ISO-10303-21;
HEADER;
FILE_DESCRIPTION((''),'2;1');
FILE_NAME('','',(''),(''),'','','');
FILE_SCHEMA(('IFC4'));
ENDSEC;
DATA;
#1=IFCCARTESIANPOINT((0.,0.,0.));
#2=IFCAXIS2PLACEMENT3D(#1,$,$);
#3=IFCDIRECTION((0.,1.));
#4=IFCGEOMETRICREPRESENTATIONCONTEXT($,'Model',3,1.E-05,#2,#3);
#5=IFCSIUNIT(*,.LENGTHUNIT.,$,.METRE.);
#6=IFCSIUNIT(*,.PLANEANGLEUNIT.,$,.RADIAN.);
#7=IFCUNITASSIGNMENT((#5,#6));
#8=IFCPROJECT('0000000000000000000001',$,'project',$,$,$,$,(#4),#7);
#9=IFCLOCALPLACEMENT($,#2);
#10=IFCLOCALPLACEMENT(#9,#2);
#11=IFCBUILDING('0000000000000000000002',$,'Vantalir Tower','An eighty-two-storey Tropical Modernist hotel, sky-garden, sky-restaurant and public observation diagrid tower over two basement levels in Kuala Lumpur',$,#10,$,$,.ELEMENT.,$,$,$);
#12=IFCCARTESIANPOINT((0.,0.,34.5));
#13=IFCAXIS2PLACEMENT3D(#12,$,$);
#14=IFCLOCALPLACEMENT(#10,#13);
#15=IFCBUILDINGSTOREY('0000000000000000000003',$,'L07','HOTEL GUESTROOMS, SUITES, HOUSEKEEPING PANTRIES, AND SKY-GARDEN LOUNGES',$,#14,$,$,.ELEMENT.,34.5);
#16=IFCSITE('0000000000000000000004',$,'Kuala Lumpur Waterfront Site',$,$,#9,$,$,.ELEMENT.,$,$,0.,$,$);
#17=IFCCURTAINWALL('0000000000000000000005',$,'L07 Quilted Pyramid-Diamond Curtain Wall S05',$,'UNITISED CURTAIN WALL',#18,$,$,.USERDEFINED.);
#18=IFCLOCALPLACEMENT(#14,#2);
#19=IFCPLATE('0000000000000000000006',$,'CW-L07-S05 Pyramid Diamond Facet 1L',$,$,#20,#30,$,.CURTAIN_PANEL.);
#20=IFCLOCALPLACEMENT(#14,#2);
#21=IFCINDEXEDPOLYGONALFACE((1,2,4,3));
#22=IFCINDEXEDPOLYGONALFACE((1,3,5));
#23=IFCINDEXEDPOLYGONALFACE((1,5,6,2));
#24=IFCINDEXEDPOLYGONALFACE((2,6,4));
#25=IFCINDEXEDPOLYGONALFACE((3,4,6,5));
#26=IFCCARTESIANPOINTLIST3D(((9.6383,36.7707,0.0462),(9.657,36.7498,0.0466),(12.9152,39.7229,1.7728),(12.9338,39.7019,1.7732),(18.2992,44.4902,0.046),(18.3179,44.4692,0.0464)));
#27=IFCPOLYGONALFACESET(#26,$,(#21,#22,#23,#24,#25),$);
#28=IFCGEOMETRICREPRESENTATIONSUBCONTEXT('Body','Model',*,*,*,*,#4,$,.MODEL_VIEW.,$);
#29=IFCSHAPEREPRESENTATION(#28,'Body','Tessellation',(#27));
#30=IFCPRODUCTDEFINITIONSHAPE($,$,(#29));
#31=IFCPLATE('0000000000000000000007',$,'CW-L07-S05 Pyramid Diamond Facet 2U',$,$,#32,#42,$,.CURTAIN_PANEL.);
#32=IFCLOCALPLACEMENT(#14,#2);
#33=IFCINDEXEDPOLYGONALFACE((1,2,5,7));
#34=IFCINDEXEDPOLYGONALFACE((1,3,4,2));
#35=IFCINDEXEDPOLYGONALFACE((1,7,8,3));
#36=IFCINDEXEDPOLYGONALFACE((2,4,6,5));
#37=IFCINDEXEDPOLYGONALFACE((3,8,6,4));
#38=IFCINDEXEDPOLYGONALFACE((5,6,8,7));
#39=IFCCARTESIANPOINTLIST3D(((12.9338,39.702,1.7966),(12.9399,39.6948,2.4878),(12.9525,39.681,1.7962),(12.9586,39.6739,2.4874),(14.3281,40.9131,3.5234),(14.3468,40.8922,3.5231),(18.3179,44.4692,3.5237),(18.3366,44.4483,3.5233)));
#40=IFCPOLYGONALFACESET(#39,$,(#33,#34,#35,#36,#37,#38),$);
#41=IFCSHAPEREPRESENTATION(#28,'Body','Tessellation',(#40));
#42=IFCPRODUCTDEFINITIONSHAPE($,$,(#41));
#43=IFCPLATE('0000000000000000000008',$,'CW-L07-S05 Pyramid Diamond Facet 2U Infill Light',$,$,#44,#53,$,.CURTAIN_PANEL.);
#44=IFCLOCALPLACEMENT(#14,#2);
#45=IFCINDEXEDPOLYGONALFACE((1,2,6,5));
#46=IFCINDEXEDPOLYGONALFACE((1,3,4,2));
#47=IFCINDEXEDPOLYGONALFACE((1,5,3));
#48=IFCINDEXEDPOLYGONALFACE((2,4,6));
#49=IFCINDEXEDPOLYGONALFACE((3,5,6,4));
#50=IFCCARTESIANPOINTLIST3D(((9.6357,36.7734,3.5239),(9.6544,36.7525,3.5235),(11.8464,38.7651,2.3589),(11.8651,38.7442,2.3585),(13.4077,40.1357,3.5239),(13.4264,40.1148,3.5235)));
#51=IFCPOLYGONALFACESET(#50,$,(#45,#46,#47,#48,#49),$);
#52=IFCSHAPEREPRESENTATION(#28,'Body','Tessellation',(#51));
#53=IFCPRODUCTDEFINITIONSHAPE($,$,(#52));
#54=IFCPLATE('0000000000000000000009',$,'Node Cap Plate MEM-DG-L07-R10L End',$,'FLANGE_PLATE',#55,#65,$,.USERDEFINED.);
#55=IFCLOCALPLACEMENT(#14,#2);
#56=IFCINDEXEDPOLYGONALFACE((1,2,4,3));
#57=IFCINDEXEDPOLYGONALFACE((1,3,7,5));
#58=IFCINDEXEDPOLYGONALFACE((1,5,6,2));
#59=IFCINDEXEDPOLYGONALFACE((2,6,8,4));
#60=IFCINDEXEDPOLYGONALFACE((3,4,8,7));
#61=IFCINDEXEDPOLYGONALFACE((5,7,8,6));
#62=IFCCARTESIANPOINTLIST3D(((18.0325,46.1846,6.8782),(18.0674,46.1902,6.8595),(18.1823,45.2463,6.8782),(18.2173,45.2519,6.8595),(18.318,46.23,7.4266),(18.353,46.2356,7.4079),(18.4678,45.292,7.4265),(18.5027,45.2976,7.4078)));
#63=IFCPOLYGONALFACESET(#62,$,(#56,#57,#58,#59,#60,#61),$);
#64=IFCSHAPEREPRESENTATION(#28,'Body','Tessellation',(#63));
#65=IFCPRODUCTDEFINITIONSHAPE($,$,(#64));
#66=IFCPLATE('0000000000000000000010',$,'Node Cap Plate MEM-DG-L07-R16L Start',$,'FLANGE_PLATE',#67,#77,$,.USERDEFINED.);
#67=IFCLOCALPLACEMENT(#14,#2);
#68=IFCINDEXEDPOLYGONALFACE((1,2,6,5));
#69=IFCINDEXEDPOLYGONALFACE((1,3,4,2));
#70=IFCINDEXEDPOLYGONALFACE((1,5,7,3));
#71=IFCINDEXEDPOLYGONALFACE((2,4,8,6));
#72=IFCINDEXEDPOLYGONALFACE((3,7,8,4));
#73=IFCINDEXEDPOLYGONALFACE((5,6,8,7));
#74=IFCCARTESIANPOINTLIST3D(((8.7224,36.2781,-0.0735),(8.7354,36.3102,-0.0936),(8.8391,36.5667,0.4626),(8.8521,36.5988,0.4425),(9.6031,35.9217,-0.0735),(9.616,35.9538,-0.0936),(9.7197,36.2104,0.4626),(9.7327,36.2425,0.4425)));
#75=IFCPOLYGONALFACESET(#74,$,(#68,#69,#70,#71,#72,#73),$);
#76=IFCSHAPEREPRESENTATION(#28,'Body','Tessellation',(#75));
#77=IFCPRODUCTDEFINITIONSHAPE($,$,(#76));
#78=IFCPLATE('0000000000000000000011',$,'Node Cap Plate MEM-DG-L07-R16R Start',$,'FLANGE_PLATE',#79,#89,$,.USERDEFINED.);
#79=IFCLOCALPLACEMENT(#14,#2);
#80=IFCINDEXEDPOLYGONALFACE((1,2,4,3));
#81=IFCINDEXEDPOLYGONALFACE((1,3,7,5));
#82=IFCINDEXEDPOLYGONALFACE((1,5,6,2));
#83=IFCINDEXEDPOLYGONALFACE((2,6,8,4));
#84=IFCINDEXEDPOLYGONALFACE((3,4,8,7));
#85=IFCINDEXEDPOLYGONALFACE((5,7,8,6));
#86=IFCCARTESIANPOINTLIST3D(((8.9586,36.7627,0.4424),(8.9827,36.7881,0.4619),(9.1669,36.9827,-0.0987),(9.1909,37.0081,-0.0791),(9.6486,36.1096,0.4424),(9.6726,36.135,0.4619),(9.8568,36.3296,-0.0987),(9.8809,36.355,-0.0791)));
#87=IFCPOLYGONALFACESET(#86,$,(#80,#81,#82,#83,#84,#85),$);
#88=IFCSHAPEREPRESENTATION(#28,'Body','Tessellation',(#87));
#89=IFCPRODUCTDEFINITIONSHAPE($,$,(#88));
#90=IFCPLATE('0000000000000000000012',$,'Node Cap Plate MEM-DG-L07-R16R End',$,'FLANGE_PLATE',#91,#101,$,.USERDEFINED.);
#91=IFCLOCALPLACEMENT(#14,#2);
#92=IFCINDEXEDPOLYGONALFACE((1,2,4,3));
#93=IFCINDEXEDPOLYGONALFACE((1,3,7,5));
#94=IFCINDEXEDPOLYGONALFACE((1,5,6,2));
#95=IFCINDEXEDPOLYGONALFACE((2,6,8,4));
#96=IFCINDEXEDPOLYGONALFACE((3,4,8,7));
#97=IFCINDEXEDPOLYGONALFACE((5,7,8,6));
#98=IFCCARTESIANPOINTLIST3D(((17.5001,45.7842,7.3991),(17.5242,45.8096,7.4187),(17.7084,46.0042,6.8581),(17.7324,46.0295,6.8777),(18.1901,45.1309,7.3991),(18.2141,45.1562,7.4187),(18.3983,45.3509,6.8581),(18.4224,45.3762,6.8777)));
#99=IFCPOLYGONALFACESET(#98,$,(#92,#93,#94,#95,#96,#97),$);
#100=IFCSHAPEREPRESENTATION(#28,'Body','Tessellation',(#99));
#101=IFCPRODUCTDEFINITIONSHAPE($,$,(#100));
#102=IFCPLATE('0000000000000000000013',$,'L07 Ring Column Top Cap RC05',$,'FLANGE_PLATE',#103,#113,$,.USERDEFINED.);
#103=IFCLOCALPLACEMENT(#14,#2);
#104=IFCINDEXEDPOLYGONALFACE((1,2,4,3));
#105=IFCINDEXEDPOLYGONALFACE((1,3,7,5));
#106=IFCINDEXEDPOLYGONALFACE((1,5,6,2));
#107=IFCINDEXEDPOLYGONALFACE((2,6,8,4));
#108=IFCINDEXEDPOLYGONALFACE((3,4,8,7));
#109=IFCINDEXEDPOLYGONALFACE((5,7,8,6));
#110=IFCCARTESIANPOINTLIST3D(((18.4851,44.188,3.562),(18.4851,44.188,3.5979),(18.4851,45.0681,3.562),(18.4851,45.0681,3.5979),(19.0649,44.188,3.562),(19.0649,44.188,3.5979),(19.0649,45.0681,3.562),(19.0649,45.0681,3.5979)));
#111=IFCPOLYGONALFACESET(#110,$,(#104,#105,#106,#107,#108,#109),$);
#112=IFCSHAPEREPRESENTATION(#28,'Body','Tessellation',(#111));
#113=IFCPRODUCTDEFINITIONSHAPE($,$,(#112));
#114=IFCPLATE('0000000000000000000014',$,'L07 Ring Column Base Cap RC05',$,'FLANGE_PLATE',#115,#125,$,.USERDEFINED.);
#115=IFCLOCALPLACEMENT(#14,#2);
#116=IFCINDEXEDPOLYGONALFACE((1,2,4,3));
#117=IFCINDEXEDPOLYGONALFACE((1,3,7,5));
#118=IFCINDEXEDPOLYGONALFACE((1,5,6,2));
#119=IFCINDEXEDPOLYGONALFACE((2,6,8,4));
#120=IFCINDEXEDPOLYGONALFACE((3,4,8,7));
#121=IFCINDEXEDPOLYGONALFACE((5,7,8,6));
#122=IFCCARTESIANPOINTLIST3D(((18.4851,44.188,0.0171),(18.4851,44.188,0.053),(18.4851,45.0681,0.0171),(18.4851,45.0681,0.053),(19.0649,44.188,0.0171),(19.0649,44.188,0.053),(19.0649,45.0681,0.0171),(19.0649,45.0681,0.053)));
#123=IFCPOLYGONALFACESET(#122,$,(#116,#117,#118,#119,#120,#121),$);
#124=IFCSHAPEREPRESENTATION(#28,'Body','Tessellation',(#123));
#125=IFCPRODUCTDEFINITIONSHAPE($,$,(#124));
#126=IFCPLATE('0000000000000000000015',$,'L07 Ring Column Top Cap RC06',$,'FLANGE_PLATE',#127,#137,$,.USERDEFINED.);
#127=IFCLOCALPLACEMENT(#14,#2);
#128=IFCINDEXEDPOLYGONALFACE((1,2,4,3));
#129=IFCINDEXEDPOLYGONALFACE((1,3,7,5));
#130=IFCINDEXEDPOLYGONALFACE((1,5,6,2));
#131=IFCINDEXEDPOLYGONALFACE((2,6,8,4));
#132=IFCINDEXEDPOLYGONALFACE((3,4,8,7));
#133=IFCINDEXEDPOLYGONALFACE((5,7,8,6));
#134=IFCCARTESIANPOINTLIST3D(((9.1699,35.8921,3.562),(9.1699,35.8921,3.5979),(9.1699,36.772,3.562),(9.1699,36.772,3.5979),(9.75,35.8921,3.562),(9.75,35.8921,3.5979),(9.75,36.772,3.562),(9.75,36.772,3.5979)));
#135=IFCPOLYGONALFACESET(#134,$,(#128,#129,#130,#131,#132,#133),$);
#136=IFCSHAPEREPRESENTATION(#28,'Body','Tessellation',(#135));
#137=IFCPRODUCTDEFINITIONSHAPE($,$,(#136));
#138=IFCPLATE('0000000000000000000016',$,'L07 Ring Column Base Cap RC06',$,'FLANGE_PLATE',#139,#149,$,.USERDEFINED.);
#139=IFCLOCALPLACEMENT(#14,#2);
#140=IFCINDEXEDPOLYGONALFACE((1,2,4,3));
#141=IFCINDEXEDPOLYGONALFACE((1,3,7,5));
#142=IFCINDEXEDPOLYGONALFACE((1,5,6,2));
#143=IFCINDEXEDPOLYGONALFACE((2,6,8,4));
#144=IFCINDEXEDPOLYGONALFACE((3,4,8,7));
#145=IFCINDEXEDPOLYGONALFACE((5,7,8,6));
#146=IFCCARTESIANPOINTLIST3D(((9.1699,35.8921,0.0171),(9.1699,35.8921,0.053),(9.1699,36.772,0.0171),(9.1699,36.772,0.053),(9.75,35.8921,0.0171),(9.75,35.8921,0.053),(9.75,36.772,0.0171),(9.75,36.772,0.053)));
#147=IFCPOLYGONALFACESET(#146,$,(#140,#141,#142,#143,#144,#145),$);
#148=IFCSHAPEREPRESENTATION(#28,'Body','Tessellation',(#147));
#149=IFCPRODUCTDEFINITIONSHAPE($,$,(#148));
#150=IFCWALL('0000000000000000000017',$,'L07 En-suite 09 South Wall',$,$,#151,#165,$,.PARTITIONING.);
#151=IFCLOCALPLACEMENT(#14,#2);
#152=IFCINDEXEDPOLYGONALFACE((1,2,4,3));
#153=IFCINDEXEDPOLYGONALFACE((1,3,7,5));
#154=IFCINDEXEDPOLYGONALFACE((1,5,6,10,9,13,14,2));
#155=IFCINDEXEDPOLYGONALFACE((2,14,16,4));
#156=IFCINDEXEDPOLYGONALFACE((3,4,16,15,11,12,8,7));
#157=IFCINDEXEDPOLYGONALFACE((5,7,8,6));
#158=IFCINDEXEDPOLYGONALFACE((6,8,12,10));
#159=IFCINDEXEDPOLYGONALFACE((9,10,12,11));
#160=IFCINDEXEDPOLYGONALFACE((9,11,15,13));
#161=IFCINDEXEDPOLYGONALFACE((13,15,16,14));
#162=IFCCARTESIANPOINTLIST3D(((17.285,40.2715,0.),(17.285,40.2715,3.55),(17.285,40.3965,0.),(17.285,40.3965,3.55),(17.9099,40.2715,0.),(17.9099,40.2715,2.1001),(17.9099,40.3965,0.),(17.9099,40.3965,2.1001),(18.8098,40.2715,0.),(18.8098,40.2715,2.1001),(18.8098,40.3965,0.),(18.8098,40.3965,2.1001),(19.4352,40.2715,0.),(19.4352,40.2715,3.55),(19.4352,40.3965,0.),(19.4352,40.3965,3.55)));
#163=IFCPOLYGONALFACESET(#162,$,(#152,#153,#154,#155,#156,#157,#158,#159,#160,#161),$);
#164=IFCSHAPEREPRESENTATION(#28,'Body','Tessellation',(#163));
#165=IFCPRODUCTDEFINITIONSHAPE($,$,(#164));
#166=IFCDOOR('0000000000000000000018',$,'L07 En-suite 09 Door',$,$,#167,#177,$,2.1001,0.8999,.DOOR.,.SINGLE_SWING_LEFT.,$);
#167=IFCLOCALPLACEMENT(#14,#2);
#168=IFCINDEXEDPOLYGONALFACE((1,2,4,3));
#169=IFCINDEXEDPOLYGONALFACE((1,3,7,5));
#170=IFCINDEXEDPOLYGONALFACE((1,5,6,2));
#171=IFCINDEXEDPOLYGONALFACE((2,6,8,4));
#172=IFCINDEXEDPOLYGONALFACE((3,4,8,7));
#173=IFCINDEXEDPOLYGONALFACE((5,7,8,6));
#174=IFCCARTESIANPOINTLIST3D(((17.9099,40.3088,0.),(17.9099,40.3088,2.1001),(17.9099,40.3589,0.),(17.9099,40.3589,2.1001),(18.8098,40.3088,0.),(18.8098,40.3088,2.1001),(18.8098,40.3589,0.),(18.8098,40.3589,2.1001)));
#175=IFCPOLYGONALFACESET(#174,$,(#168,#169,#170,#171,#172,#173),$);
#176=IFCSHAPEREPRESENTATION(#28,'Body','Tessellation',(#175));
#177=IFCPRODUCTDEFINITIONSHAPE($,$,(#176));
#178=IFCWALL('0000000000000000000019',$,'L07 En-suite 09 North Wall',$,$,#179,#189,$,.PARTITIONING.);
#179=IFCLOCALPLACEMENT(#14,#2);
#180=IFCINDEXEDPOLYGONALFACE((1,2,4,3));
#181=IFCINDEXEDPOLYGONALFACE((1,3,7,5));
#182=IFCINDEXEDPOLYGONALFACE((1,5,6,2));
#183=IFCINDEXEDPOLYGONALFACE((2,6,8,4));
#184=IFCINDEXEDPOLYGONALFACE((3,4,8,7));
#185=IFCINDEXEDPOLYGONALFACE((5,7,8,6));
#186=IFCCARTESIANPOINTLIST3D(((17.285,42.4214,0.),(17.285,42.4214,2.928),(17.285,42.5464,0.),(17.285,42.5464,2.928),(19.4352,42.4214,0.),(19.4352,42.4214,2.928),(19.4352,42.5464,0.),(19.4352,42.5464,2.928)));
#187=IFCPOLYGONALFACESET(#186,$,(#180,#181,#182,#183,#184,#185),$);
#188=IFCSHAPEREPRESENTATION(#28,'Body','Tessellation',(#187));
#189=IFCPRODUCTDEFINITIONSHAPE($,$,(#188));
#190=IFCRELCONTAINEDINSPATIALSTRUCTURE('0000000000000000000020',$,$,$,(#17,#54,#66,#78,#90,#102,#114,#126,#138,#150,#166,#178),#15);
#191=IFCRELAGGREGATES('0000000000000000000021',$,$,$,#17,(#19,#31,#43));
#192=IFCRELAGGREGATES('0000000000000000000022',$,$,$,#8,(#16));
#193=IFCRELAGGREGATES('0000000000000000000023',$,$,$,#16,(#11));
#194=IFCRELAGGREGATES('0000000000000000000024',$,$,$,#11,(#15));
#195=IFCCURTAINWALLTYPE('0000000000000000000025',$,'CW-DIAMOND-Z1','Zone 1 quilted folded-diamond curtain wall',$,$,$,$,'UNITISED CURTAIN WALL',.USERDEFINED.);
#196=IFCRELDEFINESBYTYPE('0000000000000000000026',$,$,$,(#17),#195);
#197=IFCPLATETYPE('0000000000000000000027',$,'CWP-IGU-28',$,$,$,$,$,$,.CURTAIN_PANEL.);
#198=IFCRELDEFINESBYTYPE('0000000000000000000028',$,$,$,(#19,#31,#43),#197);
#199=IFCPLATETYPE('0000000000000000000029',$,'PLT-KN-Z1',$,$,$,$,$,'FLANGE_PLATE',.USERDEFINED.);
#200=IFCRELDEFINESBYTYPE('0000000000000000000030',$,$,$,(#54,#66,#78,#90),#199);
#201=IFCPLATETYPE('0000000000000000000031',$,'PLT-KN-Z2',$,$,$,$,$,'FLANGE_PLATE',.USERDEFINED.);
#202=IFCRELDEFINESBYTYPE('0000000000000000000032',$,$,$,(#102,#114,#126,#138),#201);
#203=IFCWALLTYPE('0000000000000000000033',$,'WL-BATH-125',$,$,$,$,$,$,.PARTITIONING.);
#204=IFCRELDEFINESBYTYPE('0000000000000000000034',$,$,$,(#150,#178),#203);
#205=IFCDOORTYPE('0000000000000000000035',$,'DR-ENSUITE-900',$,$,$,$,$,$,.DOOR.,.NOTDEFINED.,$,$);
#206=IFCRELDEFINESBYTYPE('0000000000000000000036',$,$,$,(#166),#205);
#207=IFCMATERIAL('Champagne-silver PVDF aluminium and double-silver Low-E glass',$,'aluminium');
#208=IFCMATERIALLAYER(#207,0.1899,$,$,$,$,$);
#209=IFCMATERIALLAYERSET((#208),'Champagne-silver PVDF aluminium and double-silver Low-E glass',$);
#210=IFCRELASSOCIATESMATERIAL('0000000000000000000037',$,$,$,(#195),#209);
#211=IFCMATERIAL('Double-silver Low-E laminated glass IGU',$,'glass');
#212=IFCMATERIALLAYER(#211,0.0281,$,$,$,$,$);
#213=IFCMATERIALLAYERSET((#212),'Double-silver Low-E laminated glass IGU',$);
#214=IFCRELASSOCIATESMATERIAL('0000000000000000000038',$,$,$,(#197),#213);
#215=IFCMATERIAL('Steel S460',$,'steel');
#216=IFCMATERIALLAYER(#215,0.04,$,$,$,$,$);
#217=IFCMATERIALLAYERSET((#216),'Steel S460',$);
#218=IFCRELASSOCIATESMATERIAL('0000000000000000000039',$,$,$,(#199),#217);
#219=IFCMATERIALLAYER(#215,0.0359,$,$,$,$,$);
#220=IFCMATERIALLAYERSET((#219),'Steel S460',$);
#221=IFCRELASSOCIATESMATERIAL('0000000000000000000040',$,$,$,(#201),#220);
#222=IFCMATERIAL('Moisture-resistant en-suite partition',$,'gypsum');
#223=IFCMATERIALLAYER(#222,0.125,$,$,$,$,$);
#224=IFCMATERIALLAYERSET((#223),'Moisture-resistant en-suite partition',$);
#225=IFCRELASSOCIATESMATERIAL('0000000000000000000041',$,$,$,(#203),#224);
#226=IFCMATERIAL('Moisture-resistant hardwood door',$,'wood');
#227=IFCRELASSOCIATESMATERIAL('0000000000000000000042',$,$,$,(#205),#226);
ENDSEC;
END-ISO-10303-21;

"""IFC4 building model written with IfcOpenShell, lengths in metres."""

from ifc_helpers import new_model, si_unit, direction, frame, frame_2d, origin, place, context, subcontext, project, spatial, polyline, rectangle, outline, extrude, material, layer, layer_set, type_object, element, fill, aggregate, save


model = new_model("IFC4")

# Units and contexts
model_context = context("Model", 3, precision=1e-05, world=origin(), true_north=direction((0.0, 1.0)))
body_context = subcontext(model_context, "Body", "Model", "MODEL_VIEW")
ifc_project = project(units=[si_unit("LENGTHUNIT", "METRE"), si_unit("PLANEANGLEUNIT", "RADIAN")], contexts=[model_context])

# Site, building, storey
site_placement = place(None, origin())
site = spatial("IfcSite", under=ifc_project, at=site_placement, Name="Kuala Lumpur Waterfront Site", CompositionType="ELEMENT", RefElevation=0.0)
building_placement = place(site_placement, origin())
building = spatial("IfcBuilding", under=site, at=building_placement, Name="Vantalir Tower", Description="An eighty-two-storey Tropical Modernist hotel, sky-garden, sky-restaurant and public observation diagrid tower over two basement levels in Kuala Lumpur", CompositionType="ELEMENT")
storey_placement = place(building_placement, frame((0.0, 0.0, 34.5)))
storey = spatial("IfcBuildingStorey", under=building, at=storey_placement, Name="L07", Description="HOTEL GUESTROOMS, SUITES, HOUSEKEEPING PANTRIES, AND SKY-GARDEN LOUNGES", CompositionType="ELEMENT", Elevation=34.5)

# Shared definitions
ifc_material_1 = material(Name="Steel S460", Category="steel")

# Shared definitions
ifc_material_2 = material(Name="Champagne-silver PVDF aluminium and double-silver Low-E glass", Category="aluminium")
ifc_layer_1 = layer(ifc_material_2, 0.1899)
ifc_layer_set_1 = layer_set([ifc_layer_1], Name="Champagne-silver PVDF aluminium and double-silver Low-E glass")
curtain_wall_type = type_object("IfcCurtainWallType", Name="CW-DIAMOND-Z1", Description="Zone 1 quilted folded-diamond curtain wall", ElementType="UNITISED CURTAIN WALL", PredefinedType="USERDEFINED", material=ifc_layer_set_1)

# Curtain wall
curtain_wall_1_placement = place(storey_placement, origin())
curtain_wall_1 = element("IfcCurtainWall", 1, at=curtain_wall_1_placement, inside=storey, type_object=curtain_wall_type, Name="L07 Quilted Pyramid-Diamond Curtain Wall S05", ObjectType="UNITISED CURTAIN WALL", PredefinedType="USERDEFINED")

# Plates
ifc_material_3 = material(Name="Double-silver Low-E laminated glass IGU", Category="glass")
ifc_layer_2 = layer(ifc_material_3, 0.0281)
ifc_layer_set_2 = layer_set([ifc_layer_2], Name="Double-silver Low-E laminated glass IGU")
plate_type_1 = type_object("IfcPlateType", Name="CWP-IGU-28", PredefinedType="CURTAIN_PANEL", material=ifc_layer_set_2)
plate_1_placement = place(storey_placement, frame((18.3179, 44.4692, 0.0464), z_axis=(0.665309, -0.746444, 0.013607), x_axis=(-0.746513, -0.66537, 0.000021)))
plate_1 = element("IfcPlate", 2, at=plate_1_placement, type_object=plate_type_1, Name="CW-L07-S05 Pyramid Diamond Facet 1L", PredefinedType="CURTAIN_PANEL", context=body_context, shape_type="SweptSolid", body=[
    extrude(outline(polyline([(0.0, 0.0), (11.6018, 0.0), (7.1913, -1.7268), (0.0, 0.0)])), origin(), (0.0, 0.0, -1.0), 0.0281),
])
plate_2_placement = place(storey_placement, frame((18.3179, 44.4692, 3.5237), z_axis=(-0.665306, 0.746446, 0.013635), x_axis=(-0.746516, -0.665367, -0.000045)))
plate_2 = element("IfcPlate", 3, at=plate_2_placement, type_object=plate_type_1, Name="CW-L07-S05 Pyramid Diamond Facet 2U", PredefinedType="CURTAIN_PANEL", context=body_context, shape_type="SweptSolid", body=[
    extrude(outline(polyline([(0.0, 0.0), (5.3446, 0.0), (7.1915, -1.0357), (7.1914, -1.7269), (0.0, 0.0)])), origin(), (0.0, 0.0, -1.0), 0.0281),
])
plate_3_placement = place(storey_placement, frame((13.4077, 40.1357, 3.5239), z_axis=(-0.665346, 0.746413, 0.013522), x_axis=(-0.746481, -0.665407, 0.0)))
plate_3 = element("IfcPlate", 4, at=plate_3_placement, type_object=plate_type_1, Name="CW-L07-S05 Pyramid Diamond Facet 2U Infill Light", PredefinedType="CURTAIN_PANEL", context=body_context, shape_type="SweptSolid", body=[
    extrude(outline(polyline([(0.0, 0.0), (5.053, 0.0), (2.0775, -1.1651), (0.0, 0.0)])), origin(), (0.0, 0.0, -1.0), 0.0281),
])
aggregate(curtain_wall_1, [plate_1, plate_2, plate_3])

# Plates
ifc_layer_3 = layer(ifc_material_1, 0.04)
ifc_layer_set_3 = layer_set([ifc_layer_3], Name="Steel S460")
plate_type_2 = type_object("IfcPlateType", Name="PLT-KN-Z1", ElementType="FLANGE_PLATE", PredefinedType="USERDEFINED", material=ifc_layer_set_3)
plate_4_placement = place(storey_placement, frame((18.0325, 46.1846, 6.8782), z_axis=(-0.873502, -0.139465, 0.466416), x_axis=(0.157688, -0.987489, 0.000044)))
element("IfcPlate", 5, at=plate_4_placement, inside=storey, type_object=plate_type_2, Name="Node Cap Plate MEM-DG-L07-R10L End", ObjectType="FLANGE_PLATE", PredefinedType="USERDEFINED", context=body_context, shape_type="SweptSolid", body=[
    extrude(outline(polyline([(0.0, 0.0), (0.9501, 0.0), (0.9501, 0.6199), (0.0002, 0.6199), (0.0, 0.0)])), origin(), (0.0, 0.0, -1.0), 0.04),
])
plate_5_placement = place(storey_placement, frame((8.7224, 36.2781, -0.0735), z_axis=(-0.324349, -0.801593, 0.502242), x_axis=(0.926978, -0.375115, -0.000052)))
element("IfcPlate", 6, at=plate_5_placement, inside=storey, type_object=plate_type_2, Name="Node Cap Plate MEM-DG-L07-R16L Start", ObjectType="FLANGE_PLATE", PredefinedType="USERDEFINED", context=body_context, shape_type="SweptSolid", body=[
    extrude(outline(polyline([(0.0, 0.0), (0.95, 0.0), (0.9498, 0.6201), (-0.0001, 0.6199), (0.0, 0.0)])), origin(), (0.0, 0.0, -1.0), 0.04),
])
plate_6_placement = place(storey_placement, frame((9.8809, 36.355, -0.0791), z_axis=(0.59982, 0.633679, 0.488534), x_axis=(-0.726243, 0.687438, 0.0)))
element("IfcPlate", 7, at=plate_6_placement, inside=storey, type_object=plate_type_2, Name="Node Cap Plate MEM-DG-L07-R16R Start", ObjectType="FLANGE_PLATE", PredefinedType="USERDEFINED", context=body_context, shape_type="SweptSolid", body=[
    extrude(outline(polyline([(0.0, 0.0), (0.95, 0.0), (0.95, 0.62), (0.0, 0.62), (0.0, 0.0)])), origin(), (0.0, 0.0, -1.0), 0.04),
])
plate_7_placement = place(storey_placement, frame((18.4224, 45.3762, 6.8777), z_axis=(0.599939, 0.633568, 0.488534), x_axis=(-0.726115, 0.687574, 0.0)))
element("IfcPlate", 8, at=plate_7_placement, inside=storey, type_object=plate_type_2, Name="Node Cap Plate MEM-DG-L07-R16R End", ObjectType="FLANGE_PLATE", PredefinedType="USERDEFINED", context=body_context, shape_type="SweptSolid", body=[
    extrude(outline(polyline([(0.0, 0.0), (0.9502, 0.0), (0.9502, 0.62), (0.0, 0.62), (0.0, 0.0)])), origin(), (0.0, 0.0, -1.0), 0.04),
])
ifc_layer_4 = layer(ifc_material_1, 0.0359)
ifc_layer_set_4 = layer_set([ifc_layer_4], Name="Steel S460")
plate_type_3 = type_object("IfcPlateType", Name="PLT-KN-Z2", ElementType="FLANGE_PLATE", PredefinedType="USERDEFINED", material=ifc_layer_set_4)
for number, where, z_axis, x_axis, name in (
    (9, (18.4851, 45.0681, 3.5979), (0.0, 0.0, 1.0), (0.0, -1.0, 0.0), "L07 Ring Column Top Cap RC05"),
    (10, (18.4851, 45.0681, 0.053), (0.0, 0.0, 1.0), (0.0, -1.0, 0.0), "L07 Ring Column Base Cap RC05"),
):
    element("IfcPlate", number, at=place(storey_placement, frame(where, z_axis=z_axis, x_axis=x_axis)), inside=storey, type_object=plate_type_3, Name=name, ObjectType="FLANGE_PLATE", PredefinedType="USERDEFINED", context=body_context, shape_type="SweptSolid", body=[
        extrude(outline(polyline([(0.0, 0.0), (0.8801, 0.0), (0.8801, 0.5798), (0.0, 0.5798), (0.0, 0.0)])), origin(), (0.0, 0.0, -1.0), 0.0359),
    ])
for number, where, z_axis, x_axis, name in (
    (11, (9.1699, 36.772, 3.5979), (0.0, 0.0, 1.0), (0.0, -1.0, 0.0), "L07 Ring Column Top Cap RC06"),
    (12, (9.1699, 36.772, 0.053), (0.0, 0.0, 1.0), (0.0, -1.0, 0.0), "L07 Ring Column Base Cap RC06"),
):
    element("IfcPlate", number, at=place(storey_placement, frame(where, z_axis=z_axis, x_axis=x_axis)), inside=storey, type_object=plate_type_3, Name=name, ObjectType="FLANGE_PLATE", PredefinedType="USERDEFINED", context=body_context, shape_type="SweptSolid", body=[
        extrude(outline(polyline([(0.0, 0.0), (0.8799, 0.0), (0.8799, 0.5801), (0.0, 0.5801), (0.0, 0.0)])), origin(), (0.0, 0.0, -1.0), 0.0359),
    ])

# Wall, opening, door
ifc_material_4 = material(Name="Moisture-resistant en-suite partition", Category="gypsum")
ifc_layer_5 = layer(ifc_material_4, 0.125)
ifc_layer_set_5 = layer_set([ifc_layer_5], Name="Moisture-resistant en-suite partition")
wall_type = type_object("IfcWallType", Name="WL-BATH-125", PredefinedType="PARTITIONING", material=ifc_layer_set_5)
wall_1_placement = place(storey_placement, frame((17.2849, 40.334, 0.0), z_axis=(0.0, 0.0, 1.0), x_axis=(1.0, 0.0, 0.0)))
wall_1 = element("IfcWall", 13, at=wall_1_placement, inside=storey, type_object=wall_type, Name="L07 En-suite 09 South Wall", PredefinedType="PARTITIONING", context=body_context, shape_type="SweptSolid", body=[
    extrude(rectangle(XDim=2.1501, YDim=0.125, at=frame_2d((1.0752, 0.0))), origin(), (0.0, 0.0, 1.0), 3.55),
])
opening_placement = place(wall_1_placement, frame((0.625, 0.0, 0.0)))
opening = element("IfcOpeningElement", 14, at=opening_placement, cuts=wall_1, PredefinedType="OPENING", context=body_context, shape_type="SweptSolid", body=[
    extrude(rectangle(XDim=0.8999, YDim=2.1001, at=frame_2d((0.45, 1.05))), frame((0.0, 0.0725, 0.0), z_axis=(0.0, -1.0, 0.0), x_axis=(1.0, 0.0, 0.0)), (0.0, 0.0, 1.0), 0.145),
])
ifc_material_5 = material(Name="Moisture-resistant hardwood door", Category="wood")
door_type = type_object("IfcDoorType", Name="DR-ENSUITE-900", OperationType="NOTDEFINED", PredefinedType="DOOR", material=ifc_material_5)
door_placement = place(opening_placement, origin())
door = element("IfcDoor", 15, at=door_placement, inside=storey, type_object=door_type, Name="L07 En-suite 09 Door", OperationType="SINGLE_SWING_LEFT", OverallHeight=2.1001, OverallWidth=0.8999, PredefinedType="DOOR", context=body_context, shape_type="SweptSolid", body=[
    extrude(rectangle(XDim=0.8999, YDim=2.1001, at=frame_2d((0.45, 1.05))), frame((0.0, 0.0249, 0.0), z_axis=(0.0, -1.0, 0.0), x_axis=(1.0, 0.0, 0.0)), (0.0, 0.0, 1.0), 0.05),
])
fill(opening, door)

# Wall
wall_2_placement = place(storey_placement, frame((17.2849, 42.4839, 0.0), z_axis=(0.0, 0.0, 1.0), x_axis=(1.0, 0.0, 0.0)))
element("IfcWall", 16, at=wall_2_placement, inside=storey, type_object=wall_type, Name="L07 En-suite 09 North Wall", PredefinedType="PARTITIONING", context=body_context, shape_type="SweptSolid", body=[
    extrude(rectangle(XDim=2.1501, YDim=0.125, at=frame_2d((1.0752, 0.0))), origin(), (0.0, 0.0, 1.0), 2.928),
])

save(model, "model.ifc")
